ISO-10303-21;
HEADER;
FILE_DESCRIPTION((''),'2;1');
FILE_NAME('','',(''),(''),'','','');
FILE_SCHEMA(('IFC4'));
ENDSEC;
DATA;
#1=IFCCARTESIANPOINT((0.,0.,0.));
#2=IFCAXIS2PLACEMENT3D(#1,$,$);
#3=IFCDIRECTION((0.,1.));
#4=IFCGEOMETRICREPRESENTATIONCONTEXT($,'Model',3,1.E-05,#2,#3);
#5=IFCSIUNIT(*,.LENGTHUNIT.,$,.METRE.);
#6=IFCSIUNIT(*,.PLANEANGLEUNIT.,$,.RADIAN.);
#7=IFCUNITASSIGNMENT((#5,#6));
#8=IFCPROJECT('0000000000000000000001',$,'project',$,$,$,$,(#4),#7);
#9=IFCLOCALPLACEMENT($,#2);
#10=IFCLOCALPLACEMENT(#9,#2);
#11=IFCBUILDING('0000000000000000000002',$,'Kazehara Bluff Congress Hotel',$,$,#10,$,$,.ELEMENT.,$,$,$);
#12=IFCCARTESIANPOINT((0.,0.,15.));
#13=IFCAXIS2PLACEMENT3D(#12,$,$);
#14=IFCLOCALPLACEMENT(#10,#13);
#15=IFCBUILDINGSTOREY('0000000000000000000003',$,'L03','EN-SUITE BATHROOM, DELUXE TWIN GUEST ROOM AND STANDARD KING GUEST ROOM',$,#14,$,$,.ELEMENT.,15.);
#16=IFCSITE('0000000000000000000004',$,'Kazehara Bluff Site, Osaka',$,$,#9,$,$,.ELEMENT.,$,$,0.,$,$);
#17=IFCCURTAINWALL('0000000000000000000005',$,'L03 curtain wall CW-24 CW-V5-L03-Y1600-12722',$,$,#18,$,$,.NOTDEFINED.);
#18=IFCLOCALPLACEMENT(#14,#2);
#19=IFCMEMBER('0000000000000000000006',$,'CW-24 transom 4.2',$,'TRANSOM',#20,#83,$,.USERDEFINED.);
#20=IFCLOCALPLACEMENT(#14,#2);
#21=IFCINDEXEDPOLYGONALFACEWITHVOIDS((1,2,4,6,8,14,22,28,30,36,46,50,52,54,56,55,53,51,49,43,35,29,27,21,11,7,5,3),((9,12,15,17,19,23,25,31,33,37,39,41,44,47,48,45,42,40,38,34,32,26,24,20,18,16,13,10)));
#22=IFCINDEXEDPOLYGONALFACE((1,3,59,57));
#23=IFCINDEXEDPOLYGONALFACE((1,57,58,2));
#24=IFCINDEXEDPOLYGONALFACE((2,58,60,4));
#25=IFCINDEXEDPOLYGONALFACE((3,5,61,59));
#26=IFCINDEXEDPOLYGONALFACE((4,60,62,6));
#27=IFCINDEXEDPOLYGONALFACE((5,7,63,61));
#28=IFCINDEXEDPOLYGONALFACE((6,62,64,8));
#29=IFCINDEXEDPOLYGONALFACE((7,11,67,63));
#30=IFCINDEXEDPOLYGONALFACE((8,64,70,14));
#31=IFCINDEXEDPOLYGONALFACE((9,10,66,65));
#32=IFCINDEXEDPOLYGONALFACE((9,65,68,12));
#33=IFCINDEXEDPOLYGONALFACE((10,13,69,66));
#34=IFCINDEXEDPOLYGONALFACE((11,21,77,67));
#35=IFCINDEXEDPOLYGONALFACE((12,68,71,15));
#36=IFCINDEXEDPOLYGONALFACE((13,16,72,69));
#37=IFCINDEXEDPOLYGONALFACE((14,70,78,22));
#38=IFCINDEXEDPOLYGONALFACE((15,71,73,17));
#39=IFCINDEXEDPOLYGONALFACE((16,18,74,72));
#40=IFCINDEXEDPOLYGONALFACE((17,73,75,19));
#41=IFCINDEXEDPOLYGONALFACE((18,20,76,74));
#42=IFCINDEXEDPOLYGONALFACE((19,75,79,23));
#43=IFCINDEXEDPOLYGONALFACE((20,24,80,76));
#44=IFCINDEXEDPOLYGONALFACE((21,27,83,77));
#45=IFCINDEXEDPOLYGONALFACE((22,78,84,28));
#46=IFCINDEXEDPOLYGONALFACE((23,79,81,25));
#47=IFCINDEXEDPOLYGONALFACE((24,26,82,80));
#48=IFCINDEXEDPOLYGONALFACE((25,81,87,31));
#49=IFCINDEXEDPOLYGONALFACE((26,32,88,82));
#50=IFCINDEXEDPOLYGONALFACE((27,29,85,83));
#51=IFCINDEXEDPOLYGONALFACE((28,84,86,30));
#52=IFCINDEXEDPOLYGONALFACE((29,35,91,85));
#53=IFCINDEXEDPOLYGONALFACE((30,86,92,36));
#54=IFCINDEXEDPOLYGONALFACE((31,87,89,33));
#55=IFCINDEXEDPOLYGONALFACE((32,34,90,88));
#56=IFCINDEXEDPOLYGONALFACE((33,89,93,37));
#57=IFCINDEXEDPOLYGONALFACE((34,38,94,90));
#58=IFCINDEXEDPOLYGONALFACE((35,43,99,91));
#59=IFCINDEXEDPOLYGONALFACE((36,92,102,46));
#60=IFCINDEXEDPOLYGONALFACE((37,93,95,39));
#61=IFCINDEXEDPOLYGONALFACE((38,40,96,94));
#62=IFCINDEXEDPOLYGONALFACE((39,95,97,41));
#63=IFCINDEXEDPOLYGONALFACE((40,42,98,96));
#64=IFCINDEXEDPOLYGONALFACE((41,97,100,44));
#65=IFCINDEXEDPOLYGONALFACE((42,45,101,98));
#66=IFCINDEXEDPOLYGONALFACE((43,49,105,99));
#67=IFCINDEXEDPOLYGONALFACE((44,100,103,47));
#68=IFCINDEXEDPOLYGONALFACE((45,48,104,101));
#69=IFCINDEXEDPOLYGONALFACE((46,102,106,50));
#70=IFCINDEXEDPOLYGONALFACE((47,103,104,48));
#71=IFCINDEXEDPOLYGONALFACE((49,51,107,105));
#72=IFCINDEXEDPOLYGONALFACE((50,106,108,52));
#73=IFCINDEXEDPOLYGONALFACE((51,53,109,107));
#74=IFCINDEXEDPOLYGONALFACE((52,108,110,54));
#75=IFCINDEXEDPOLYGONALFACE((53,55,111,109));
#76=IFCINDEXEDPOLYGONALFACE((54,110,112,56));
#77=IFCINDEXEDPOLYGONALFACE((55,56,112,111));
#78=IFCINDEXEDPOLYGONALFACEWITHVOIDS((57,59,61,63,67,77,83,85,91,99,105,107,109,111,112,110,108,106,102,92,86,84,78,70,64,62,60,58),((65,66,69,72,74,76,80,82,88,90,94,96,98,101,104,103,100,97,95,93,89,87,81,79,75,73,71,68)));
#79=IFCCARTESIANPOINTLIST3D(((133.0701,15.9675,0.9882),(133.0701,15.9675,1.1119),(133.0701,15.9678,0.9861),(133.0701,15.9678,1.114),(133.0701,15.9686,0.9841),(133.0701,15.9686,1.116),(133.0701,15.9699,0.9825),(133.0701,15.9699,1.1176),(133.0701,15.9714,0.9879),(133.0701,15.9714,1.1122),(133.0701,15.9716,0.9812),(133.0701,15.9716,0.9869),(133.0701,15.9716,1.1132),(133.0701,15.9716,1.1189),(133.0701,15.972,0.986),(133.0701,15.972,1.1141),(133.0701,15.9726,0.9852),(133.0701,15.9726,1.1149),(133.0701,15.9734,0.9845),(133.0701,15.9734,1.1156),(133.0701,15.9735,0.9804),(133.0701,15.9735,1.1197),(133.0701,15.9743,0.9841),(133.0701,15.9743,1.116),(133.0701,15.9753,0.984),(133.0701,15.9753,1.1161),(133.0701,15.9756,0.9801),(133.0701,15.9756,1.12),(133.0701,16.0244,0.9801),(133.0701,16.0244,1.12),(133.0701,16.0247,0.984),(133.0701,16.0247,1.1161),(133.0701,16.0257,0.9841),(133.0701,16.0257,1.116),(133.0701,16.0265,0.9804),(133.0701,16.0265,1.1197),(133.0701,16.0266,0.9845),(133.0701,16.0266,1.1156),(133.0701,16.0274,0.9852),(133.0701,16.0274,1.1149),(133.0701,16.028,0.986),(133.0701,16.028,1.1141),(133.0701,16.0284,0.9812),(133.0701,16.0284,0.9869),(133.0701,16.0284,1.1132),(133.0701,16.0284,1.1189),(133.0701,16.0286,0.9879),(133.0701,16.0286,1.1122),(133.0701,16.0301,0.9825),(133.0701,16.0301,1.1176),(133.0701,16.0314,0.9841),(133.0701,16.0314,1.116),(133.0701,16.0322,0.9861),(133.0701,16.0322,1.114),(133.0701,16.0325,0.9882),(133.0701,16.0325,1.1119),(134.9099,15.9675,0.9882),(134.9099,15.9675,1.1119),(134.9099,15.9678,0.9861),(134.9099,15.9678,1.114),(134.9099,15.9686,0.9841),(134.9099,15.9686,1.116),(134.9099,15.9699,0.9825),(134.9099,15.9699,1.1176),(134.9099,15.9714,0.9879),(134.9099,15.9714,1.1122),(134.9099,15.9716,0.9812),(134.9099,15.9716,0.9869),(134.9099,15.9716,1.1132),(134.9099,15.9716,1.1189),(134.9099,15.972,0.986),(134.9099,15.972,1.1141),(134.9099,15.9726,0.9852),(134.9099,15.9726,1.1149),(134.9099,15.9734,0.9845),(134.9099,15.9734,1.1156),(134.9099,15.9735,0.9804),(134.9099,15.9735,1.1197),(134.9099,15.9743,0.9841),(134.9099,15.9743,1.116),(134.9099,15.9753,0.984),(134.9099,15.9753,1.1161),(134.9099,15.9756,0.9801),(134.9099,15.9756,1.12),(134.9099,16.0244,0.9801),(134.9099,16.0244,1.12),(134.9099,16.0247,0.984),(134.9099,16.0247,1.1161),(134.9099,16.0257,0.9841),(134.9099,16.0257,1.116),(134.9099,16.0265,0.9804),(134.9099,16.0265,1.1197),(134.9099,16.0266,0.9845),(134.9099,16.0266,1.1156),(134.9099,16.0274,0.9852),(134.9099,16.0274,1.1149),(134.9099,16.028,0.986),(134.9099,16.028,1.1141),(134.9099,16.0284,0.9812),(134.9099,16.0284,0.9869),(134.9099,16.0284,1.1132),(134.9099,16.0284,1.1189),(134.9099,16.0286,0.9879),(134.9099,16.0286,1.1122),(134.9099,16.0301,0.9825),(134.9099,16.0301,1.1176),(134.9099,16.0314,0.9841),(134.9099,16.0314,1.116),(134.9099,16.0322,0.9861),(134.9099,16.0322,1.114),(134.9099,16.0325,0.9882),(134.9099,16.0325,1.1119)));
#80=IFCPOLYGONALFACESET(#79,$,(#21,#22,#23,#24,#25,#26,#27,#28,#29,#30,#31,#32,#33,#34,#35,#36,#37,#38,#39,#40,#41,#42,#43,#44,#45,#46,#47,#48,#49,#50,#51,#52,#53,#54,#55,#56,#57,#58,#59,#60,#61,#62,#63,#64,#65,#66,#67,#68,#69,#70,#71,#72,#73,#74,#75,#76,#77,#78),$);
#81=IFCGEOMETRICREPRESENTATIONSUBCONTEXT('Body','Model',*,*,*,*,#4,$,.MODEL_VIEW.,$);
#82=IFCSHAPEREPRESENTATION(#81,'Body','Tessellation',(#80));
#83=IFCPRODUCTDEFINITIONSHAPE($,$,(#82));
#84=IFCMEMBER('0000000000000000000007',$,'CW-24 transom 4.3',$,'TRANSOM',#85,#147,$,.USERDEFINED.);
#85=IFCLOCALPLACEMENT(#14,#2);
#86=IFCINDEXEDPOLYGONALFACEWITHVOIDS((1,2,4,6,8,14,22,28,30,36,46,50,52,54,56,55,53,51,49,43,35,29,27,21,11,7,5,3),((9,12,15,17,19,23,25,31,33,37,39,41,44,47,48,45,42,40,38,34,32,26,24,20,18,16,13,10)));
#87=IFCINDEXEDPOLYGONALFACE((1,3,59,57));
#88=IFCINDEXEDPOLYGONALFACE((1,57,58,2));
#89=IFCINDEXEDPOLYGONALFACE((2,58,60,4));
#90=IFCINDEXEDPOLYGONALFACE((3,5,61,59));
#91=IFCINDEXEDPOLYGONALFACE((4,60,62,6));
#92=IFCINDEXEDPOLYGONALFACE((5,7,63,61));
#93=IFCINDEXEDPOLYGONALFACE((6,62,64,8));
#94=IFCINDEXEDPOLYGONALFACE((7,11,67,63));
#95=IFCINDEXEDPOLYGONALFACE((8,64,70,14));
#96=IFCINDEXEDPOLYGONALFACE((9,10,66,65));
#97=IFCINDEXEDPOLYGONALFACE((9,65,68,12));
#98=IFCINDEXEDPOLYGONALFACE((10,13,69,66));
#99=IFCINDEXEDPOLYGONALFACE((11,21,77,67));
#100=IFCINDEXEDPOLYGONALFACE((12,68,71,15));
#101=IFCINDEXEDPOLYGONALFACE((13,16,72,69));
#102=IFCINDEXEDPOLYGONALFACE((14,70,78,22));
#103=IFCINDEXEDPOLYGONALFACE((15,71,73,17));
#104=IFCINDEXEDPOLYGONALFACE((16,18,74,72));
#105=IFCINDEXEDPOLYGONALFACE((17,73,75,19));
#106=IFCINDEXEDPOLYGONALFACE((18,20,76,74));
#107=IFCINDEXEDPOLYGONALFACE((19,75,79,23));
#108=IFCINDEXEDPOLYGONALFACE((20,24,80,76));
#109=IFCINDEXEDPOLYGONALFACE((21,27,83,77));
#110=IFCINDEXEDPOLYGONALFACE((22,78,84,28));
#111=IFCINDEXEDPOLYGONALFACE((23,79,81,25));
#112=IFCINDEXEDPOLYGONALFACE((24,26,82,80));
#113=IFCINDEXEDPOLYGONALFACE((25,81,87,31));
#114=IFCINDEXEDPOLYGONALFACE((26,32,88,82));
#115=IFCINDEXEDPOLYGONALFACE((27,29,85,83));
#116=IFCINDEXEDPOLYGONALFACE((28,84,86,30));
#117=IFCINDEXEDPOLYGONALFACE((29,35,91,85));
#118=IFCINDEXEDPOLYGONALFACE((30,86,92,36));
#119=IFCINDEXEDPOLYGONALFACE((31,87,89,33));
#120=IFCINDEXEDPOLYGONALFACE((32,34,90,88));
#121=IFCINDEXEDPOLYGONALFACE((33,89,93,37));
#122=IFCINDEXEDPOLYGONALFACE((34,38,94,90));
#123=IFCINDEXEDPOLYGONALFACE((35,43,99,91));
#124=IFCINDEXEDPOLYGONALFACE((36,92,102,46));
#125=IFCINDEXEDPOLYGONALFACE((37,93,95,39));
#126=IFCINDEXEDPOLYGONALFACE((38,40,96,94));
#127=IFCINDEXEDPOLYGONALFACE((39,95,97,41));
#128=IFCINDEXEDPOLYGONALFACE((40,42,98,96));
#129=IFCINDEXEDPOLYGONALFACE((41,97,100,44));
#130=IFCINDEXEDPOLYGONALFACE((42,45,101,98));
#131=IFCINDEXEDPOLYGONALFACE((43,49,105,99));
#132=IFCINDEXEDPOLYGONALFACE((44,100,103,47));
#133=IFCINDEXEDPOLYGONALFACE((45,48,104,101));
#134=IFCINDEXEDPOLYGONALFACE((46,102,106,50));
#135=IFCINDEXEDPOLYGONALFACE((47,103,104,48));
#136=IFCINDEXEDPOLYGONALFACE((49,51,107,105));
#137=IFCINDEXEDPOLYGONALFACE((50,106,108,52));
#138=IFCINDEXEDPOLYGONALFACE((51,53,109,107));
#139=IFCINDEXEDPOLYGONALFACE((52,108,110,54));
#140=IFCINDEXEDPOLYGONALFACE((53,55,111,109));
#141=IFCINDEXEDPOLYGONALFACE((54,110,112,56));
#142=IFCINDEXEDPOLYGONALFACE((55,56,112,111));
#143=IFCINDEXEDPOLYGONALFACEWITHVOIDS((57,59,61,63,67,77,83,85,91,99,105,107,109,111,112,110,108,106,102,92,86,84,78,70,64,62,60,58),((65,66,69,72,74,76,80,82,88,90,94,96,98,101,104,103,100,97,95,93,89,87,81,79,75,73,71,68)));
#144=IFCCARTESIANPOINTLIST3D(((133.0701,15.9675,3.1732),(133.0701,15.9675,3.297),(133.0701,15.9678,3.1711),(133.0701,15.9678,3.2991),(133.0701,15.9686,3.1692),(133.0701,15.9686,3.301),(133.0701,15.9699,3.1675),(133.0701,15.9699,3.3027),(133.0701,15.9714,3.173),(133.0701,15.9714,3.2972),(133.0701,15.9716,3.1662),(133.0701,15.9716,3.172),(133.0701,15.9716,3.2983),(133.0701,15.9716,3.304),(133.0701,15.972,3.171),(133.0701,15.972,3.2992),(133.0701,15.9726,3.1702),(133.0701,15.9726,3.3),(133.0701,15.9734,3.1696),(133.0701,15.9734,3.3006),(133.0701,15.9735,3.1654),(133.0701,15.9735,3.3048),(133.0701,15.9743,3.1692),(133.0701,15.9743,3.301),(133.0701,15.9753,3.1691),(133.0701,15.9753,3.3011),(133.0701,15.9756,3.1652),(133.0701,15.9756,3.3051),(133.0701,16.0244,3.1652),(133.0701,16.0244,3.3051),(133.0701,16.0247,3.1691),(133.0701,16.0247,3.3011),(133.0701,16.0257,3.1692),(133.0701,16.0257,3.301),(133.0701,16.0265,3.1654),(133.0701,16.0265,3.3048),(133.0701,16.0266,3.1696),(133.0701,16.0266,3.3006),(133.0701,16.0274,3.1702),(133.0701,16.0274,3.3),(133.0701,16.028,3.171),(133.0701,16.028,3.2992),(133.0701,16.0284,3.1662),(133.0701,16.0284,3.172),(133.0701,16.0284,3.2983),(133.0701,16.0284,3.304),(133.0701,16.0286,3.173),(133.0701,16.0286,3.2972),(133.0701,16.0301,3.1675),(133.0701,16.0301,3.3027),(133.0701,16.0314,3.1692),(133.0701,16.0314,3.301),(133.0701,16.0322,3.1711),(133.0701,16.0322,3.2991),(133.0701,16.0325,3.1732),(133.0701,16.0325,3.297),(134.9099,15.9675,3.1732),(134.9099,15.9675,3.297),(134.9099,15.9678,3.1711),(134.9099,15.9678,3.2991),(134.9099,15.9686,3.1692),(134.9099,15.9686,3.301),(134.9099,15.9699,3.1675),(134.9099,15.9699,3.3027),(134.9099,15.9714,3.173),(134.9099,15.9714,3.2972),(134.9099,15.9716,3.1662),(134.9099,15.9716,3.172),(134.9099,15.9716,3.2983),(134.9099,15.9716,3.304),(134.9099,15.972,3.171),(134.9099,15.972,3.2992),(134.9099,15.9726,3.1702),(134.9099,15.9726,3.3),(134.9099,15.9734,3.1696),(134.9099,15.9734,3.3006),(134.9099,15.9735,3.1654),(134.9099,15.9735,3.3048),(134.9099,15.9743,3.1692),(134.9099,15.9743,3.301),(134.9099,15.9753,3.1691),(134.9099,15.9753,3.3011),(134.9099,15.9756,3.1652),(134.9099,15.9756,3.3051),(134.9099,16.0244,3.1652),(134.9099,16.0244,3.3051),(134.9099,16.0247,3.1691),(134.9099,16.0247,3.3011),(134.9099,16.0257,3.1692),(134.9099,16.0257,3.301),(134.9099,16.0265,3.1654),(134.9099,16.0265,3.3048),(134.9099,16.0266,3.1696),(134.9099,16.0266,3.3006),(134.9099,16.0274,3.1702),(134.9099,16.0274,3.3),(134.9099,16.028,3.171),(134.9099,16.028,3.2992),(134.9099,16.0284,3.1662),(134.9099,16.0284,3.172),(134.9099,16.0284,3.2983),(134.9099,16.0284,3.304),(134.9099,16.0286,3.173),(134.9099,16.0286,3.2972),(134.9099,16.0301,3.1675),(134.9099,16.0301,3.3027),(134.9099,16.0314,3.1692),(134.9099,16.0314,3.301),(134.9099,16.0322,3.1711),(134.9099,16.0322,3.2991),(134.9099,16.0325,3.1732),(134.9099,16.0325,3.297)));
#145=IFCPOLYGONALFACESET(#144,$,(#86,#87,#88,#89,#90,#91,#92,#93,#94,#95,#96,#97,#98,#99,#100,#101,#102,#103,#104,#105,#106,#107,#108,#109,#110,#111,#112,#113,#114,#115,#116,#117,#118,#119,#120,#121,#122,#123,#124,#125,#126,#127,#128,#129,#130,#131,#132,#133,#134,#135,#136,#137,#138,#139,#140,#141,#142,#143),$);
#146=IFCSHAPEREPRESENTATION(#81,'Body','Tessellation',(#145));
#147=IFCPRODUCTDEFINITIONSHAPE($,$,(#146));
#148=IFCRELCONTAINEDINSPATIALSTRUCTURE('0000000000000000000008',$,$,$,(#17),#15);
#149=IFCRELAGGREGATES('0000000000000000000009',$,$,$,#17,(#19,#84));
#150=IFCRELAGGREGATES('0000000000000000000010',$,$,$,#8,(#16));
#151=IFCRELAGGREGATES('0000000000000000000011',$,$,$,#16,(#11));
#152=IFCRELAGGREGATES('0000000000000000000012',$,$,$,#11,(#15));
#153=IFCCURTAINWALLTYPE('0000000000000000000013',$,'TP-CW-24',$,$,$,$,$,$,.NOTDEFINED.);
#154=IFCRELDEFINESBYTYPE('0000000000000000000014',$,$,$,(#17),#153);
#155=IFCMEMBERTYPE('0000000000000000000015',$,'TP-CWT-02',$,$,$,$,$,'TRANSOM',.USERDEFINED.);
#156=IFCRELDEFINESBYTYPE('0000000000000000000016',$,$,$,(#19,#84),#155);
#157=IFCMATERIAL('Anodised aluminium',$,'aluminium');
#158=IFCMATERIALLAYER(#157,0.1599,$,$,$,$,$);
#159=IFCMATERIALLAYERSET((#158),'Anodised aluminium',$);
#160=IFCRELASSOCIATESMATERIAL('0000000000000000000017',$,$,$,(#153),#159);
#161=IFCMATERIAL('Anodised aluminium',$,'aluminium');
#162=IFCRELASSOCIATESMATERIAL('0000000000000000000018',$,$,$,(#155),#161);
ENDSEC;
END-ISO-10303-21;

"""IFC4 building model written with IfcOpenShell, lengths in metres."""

from ifc_helpers import new_model, si_unit, direction, frame, origin, origin_2d, place, context, subcontext, project, spatial, hollow_rectangle, extrude, material, layer, layer_set, material_profile, profile_set, type_object, element, aggregate, save


model = new_model("IFC4")

# Units and contexts
model_context = context("Model", 3, precision=1e-05, world=origin(), true_north=direction((0.0, 1.0)))
body_context = subcontext(model_context, "Body", "Model", "MODEL_VIEW")
ifc_project = project(units=[si_unit("LENGTHUNIT", "METRE"), si_unit("PLANEANGLEUNIT", "RADIAN")], contexts=[model_context])

# Site, building, storey
site_placement = place(None, origin())
site = spatial("IfcSite", under=ifc_project, at=site_placement, Name="Kazehara Bluff Site, Osaka", CompositionType="ELEMENT", RefElevation=0.0)
building_placement = place(site_placement, origin())
building = spatial("IfcBuilding", under=site, at=building_placement, Name="Kazehara Bluff Congress Hotel", CompositionType="ELEMENT")
storey_placement = place(building_placement, frame((0.0, 0.0, 15.0)))
storey = spatial("IfcBuildingStorey", under=building, at=storey_placement, Name="L03", Description="EN-SUITE BATHROOM, DELUXE TWIN GUEST ROOM AND STANDARD KING GUEST ROOM", CompositionType="ELEMENT", Elevation=15.0)

# Curtain wall
ifc_material_1 = material(Name="Anodised aluminium", Category="aluminium")
ifc_layer_1 = layer(ifc_material_1, 0.1599)
ifc_layer_set_1 = layer_set([ifc_layer_1], Name="Anodised aluminium")
curtain_wall_type = type_object("IfcCurtainWallType", Name="TP-CW-24", PredefinedType="NOTDEFINED", material=ifc_layer_set_1)
curtain_wall_1_placement = place(storey_placement, origin())
curtain_wall_1 = element("IfcCurtainWall", 1, at=curtain_wall_1_placement, inside=storey, type_object=curtain_wall_type, Name="L03 curtain wall CW-24 CW-V5-L03-Y1600-12722", PredefinedType="NOTDEFINED")

# Members
ifc_material_2 = material(Name="Anodised aluminium", Category="aluminium")
ifc_material_profile_1 = material_profile(ifc_material_2, hollow_rectangle(XDim=0.0649, YDim=0.1399, WallThickness=0.0039, InnerFilletRadius=0.0039, OuterFilletRadius=0.0081, at=origin_2d()))
ifc_profile_set_1 = profile_set([ifc_material_profile_1], Name="Anodised aluminium")
member_type_1 = type_object("IfcMemberType", Name="TP-CWT-02", ElementType="TRANSOM", PredefinedType="USERDEFINED", material=ifc_profile_set_1)
member_1_placement = place(storey_placement, frame((133.0701, 16.0, 1.05), z_axis=(1.0, 0.0, 0.0), x_axis=(0.0, 1.0, 0.0)))
member_1 = element("IfcMember", 2, at=member_1_placement, type_object=member_type_1, Name="CW-24 transom 4.2", ObjectType="TRANSOM", PredefinedType="USERDEFINED", context=body_context, shape_type="SweptSolid", body=[
    extrude(hollow_rectangle(XDim=0.0649, YDim=0.1399, WallThickness=0.0039, InnerFilletRadius=0.0039, OuterFilletRadius=0.0081, at=origin_2d()), origin(), (0.0, 0.0, 1.0), 1.8398),
])
member_2_placement = place(storey_placement, frame((133.0701, 16.0, 3.2351), z_axis=(1.0, 0.0, 0.0), x_axis=(0.0, 1.0, 0.0)))
member_2 = element("IfcMember", 3, at=member_2_placement, type_object=member_type_1, Name="CW-24 transom 4.3", ObjectType="TRANSOM", PredefinedType="USERDEFINED", context=body_context, shape_type="SweptSolid", body=[
    extrude(hollow_rectangle(XDim=0.0649, YDim=0.1399, WallThickness=0.0039, InnerFilletRadius=0.0039, OuterFilletRadius=0.0081, at=origin_2d()), origin(), (0.0, 0.0, 1.0), 1.8398),
])

aggregate(curtain_wall_1, [member_1, member_2])

save(model, "model.ifc")
